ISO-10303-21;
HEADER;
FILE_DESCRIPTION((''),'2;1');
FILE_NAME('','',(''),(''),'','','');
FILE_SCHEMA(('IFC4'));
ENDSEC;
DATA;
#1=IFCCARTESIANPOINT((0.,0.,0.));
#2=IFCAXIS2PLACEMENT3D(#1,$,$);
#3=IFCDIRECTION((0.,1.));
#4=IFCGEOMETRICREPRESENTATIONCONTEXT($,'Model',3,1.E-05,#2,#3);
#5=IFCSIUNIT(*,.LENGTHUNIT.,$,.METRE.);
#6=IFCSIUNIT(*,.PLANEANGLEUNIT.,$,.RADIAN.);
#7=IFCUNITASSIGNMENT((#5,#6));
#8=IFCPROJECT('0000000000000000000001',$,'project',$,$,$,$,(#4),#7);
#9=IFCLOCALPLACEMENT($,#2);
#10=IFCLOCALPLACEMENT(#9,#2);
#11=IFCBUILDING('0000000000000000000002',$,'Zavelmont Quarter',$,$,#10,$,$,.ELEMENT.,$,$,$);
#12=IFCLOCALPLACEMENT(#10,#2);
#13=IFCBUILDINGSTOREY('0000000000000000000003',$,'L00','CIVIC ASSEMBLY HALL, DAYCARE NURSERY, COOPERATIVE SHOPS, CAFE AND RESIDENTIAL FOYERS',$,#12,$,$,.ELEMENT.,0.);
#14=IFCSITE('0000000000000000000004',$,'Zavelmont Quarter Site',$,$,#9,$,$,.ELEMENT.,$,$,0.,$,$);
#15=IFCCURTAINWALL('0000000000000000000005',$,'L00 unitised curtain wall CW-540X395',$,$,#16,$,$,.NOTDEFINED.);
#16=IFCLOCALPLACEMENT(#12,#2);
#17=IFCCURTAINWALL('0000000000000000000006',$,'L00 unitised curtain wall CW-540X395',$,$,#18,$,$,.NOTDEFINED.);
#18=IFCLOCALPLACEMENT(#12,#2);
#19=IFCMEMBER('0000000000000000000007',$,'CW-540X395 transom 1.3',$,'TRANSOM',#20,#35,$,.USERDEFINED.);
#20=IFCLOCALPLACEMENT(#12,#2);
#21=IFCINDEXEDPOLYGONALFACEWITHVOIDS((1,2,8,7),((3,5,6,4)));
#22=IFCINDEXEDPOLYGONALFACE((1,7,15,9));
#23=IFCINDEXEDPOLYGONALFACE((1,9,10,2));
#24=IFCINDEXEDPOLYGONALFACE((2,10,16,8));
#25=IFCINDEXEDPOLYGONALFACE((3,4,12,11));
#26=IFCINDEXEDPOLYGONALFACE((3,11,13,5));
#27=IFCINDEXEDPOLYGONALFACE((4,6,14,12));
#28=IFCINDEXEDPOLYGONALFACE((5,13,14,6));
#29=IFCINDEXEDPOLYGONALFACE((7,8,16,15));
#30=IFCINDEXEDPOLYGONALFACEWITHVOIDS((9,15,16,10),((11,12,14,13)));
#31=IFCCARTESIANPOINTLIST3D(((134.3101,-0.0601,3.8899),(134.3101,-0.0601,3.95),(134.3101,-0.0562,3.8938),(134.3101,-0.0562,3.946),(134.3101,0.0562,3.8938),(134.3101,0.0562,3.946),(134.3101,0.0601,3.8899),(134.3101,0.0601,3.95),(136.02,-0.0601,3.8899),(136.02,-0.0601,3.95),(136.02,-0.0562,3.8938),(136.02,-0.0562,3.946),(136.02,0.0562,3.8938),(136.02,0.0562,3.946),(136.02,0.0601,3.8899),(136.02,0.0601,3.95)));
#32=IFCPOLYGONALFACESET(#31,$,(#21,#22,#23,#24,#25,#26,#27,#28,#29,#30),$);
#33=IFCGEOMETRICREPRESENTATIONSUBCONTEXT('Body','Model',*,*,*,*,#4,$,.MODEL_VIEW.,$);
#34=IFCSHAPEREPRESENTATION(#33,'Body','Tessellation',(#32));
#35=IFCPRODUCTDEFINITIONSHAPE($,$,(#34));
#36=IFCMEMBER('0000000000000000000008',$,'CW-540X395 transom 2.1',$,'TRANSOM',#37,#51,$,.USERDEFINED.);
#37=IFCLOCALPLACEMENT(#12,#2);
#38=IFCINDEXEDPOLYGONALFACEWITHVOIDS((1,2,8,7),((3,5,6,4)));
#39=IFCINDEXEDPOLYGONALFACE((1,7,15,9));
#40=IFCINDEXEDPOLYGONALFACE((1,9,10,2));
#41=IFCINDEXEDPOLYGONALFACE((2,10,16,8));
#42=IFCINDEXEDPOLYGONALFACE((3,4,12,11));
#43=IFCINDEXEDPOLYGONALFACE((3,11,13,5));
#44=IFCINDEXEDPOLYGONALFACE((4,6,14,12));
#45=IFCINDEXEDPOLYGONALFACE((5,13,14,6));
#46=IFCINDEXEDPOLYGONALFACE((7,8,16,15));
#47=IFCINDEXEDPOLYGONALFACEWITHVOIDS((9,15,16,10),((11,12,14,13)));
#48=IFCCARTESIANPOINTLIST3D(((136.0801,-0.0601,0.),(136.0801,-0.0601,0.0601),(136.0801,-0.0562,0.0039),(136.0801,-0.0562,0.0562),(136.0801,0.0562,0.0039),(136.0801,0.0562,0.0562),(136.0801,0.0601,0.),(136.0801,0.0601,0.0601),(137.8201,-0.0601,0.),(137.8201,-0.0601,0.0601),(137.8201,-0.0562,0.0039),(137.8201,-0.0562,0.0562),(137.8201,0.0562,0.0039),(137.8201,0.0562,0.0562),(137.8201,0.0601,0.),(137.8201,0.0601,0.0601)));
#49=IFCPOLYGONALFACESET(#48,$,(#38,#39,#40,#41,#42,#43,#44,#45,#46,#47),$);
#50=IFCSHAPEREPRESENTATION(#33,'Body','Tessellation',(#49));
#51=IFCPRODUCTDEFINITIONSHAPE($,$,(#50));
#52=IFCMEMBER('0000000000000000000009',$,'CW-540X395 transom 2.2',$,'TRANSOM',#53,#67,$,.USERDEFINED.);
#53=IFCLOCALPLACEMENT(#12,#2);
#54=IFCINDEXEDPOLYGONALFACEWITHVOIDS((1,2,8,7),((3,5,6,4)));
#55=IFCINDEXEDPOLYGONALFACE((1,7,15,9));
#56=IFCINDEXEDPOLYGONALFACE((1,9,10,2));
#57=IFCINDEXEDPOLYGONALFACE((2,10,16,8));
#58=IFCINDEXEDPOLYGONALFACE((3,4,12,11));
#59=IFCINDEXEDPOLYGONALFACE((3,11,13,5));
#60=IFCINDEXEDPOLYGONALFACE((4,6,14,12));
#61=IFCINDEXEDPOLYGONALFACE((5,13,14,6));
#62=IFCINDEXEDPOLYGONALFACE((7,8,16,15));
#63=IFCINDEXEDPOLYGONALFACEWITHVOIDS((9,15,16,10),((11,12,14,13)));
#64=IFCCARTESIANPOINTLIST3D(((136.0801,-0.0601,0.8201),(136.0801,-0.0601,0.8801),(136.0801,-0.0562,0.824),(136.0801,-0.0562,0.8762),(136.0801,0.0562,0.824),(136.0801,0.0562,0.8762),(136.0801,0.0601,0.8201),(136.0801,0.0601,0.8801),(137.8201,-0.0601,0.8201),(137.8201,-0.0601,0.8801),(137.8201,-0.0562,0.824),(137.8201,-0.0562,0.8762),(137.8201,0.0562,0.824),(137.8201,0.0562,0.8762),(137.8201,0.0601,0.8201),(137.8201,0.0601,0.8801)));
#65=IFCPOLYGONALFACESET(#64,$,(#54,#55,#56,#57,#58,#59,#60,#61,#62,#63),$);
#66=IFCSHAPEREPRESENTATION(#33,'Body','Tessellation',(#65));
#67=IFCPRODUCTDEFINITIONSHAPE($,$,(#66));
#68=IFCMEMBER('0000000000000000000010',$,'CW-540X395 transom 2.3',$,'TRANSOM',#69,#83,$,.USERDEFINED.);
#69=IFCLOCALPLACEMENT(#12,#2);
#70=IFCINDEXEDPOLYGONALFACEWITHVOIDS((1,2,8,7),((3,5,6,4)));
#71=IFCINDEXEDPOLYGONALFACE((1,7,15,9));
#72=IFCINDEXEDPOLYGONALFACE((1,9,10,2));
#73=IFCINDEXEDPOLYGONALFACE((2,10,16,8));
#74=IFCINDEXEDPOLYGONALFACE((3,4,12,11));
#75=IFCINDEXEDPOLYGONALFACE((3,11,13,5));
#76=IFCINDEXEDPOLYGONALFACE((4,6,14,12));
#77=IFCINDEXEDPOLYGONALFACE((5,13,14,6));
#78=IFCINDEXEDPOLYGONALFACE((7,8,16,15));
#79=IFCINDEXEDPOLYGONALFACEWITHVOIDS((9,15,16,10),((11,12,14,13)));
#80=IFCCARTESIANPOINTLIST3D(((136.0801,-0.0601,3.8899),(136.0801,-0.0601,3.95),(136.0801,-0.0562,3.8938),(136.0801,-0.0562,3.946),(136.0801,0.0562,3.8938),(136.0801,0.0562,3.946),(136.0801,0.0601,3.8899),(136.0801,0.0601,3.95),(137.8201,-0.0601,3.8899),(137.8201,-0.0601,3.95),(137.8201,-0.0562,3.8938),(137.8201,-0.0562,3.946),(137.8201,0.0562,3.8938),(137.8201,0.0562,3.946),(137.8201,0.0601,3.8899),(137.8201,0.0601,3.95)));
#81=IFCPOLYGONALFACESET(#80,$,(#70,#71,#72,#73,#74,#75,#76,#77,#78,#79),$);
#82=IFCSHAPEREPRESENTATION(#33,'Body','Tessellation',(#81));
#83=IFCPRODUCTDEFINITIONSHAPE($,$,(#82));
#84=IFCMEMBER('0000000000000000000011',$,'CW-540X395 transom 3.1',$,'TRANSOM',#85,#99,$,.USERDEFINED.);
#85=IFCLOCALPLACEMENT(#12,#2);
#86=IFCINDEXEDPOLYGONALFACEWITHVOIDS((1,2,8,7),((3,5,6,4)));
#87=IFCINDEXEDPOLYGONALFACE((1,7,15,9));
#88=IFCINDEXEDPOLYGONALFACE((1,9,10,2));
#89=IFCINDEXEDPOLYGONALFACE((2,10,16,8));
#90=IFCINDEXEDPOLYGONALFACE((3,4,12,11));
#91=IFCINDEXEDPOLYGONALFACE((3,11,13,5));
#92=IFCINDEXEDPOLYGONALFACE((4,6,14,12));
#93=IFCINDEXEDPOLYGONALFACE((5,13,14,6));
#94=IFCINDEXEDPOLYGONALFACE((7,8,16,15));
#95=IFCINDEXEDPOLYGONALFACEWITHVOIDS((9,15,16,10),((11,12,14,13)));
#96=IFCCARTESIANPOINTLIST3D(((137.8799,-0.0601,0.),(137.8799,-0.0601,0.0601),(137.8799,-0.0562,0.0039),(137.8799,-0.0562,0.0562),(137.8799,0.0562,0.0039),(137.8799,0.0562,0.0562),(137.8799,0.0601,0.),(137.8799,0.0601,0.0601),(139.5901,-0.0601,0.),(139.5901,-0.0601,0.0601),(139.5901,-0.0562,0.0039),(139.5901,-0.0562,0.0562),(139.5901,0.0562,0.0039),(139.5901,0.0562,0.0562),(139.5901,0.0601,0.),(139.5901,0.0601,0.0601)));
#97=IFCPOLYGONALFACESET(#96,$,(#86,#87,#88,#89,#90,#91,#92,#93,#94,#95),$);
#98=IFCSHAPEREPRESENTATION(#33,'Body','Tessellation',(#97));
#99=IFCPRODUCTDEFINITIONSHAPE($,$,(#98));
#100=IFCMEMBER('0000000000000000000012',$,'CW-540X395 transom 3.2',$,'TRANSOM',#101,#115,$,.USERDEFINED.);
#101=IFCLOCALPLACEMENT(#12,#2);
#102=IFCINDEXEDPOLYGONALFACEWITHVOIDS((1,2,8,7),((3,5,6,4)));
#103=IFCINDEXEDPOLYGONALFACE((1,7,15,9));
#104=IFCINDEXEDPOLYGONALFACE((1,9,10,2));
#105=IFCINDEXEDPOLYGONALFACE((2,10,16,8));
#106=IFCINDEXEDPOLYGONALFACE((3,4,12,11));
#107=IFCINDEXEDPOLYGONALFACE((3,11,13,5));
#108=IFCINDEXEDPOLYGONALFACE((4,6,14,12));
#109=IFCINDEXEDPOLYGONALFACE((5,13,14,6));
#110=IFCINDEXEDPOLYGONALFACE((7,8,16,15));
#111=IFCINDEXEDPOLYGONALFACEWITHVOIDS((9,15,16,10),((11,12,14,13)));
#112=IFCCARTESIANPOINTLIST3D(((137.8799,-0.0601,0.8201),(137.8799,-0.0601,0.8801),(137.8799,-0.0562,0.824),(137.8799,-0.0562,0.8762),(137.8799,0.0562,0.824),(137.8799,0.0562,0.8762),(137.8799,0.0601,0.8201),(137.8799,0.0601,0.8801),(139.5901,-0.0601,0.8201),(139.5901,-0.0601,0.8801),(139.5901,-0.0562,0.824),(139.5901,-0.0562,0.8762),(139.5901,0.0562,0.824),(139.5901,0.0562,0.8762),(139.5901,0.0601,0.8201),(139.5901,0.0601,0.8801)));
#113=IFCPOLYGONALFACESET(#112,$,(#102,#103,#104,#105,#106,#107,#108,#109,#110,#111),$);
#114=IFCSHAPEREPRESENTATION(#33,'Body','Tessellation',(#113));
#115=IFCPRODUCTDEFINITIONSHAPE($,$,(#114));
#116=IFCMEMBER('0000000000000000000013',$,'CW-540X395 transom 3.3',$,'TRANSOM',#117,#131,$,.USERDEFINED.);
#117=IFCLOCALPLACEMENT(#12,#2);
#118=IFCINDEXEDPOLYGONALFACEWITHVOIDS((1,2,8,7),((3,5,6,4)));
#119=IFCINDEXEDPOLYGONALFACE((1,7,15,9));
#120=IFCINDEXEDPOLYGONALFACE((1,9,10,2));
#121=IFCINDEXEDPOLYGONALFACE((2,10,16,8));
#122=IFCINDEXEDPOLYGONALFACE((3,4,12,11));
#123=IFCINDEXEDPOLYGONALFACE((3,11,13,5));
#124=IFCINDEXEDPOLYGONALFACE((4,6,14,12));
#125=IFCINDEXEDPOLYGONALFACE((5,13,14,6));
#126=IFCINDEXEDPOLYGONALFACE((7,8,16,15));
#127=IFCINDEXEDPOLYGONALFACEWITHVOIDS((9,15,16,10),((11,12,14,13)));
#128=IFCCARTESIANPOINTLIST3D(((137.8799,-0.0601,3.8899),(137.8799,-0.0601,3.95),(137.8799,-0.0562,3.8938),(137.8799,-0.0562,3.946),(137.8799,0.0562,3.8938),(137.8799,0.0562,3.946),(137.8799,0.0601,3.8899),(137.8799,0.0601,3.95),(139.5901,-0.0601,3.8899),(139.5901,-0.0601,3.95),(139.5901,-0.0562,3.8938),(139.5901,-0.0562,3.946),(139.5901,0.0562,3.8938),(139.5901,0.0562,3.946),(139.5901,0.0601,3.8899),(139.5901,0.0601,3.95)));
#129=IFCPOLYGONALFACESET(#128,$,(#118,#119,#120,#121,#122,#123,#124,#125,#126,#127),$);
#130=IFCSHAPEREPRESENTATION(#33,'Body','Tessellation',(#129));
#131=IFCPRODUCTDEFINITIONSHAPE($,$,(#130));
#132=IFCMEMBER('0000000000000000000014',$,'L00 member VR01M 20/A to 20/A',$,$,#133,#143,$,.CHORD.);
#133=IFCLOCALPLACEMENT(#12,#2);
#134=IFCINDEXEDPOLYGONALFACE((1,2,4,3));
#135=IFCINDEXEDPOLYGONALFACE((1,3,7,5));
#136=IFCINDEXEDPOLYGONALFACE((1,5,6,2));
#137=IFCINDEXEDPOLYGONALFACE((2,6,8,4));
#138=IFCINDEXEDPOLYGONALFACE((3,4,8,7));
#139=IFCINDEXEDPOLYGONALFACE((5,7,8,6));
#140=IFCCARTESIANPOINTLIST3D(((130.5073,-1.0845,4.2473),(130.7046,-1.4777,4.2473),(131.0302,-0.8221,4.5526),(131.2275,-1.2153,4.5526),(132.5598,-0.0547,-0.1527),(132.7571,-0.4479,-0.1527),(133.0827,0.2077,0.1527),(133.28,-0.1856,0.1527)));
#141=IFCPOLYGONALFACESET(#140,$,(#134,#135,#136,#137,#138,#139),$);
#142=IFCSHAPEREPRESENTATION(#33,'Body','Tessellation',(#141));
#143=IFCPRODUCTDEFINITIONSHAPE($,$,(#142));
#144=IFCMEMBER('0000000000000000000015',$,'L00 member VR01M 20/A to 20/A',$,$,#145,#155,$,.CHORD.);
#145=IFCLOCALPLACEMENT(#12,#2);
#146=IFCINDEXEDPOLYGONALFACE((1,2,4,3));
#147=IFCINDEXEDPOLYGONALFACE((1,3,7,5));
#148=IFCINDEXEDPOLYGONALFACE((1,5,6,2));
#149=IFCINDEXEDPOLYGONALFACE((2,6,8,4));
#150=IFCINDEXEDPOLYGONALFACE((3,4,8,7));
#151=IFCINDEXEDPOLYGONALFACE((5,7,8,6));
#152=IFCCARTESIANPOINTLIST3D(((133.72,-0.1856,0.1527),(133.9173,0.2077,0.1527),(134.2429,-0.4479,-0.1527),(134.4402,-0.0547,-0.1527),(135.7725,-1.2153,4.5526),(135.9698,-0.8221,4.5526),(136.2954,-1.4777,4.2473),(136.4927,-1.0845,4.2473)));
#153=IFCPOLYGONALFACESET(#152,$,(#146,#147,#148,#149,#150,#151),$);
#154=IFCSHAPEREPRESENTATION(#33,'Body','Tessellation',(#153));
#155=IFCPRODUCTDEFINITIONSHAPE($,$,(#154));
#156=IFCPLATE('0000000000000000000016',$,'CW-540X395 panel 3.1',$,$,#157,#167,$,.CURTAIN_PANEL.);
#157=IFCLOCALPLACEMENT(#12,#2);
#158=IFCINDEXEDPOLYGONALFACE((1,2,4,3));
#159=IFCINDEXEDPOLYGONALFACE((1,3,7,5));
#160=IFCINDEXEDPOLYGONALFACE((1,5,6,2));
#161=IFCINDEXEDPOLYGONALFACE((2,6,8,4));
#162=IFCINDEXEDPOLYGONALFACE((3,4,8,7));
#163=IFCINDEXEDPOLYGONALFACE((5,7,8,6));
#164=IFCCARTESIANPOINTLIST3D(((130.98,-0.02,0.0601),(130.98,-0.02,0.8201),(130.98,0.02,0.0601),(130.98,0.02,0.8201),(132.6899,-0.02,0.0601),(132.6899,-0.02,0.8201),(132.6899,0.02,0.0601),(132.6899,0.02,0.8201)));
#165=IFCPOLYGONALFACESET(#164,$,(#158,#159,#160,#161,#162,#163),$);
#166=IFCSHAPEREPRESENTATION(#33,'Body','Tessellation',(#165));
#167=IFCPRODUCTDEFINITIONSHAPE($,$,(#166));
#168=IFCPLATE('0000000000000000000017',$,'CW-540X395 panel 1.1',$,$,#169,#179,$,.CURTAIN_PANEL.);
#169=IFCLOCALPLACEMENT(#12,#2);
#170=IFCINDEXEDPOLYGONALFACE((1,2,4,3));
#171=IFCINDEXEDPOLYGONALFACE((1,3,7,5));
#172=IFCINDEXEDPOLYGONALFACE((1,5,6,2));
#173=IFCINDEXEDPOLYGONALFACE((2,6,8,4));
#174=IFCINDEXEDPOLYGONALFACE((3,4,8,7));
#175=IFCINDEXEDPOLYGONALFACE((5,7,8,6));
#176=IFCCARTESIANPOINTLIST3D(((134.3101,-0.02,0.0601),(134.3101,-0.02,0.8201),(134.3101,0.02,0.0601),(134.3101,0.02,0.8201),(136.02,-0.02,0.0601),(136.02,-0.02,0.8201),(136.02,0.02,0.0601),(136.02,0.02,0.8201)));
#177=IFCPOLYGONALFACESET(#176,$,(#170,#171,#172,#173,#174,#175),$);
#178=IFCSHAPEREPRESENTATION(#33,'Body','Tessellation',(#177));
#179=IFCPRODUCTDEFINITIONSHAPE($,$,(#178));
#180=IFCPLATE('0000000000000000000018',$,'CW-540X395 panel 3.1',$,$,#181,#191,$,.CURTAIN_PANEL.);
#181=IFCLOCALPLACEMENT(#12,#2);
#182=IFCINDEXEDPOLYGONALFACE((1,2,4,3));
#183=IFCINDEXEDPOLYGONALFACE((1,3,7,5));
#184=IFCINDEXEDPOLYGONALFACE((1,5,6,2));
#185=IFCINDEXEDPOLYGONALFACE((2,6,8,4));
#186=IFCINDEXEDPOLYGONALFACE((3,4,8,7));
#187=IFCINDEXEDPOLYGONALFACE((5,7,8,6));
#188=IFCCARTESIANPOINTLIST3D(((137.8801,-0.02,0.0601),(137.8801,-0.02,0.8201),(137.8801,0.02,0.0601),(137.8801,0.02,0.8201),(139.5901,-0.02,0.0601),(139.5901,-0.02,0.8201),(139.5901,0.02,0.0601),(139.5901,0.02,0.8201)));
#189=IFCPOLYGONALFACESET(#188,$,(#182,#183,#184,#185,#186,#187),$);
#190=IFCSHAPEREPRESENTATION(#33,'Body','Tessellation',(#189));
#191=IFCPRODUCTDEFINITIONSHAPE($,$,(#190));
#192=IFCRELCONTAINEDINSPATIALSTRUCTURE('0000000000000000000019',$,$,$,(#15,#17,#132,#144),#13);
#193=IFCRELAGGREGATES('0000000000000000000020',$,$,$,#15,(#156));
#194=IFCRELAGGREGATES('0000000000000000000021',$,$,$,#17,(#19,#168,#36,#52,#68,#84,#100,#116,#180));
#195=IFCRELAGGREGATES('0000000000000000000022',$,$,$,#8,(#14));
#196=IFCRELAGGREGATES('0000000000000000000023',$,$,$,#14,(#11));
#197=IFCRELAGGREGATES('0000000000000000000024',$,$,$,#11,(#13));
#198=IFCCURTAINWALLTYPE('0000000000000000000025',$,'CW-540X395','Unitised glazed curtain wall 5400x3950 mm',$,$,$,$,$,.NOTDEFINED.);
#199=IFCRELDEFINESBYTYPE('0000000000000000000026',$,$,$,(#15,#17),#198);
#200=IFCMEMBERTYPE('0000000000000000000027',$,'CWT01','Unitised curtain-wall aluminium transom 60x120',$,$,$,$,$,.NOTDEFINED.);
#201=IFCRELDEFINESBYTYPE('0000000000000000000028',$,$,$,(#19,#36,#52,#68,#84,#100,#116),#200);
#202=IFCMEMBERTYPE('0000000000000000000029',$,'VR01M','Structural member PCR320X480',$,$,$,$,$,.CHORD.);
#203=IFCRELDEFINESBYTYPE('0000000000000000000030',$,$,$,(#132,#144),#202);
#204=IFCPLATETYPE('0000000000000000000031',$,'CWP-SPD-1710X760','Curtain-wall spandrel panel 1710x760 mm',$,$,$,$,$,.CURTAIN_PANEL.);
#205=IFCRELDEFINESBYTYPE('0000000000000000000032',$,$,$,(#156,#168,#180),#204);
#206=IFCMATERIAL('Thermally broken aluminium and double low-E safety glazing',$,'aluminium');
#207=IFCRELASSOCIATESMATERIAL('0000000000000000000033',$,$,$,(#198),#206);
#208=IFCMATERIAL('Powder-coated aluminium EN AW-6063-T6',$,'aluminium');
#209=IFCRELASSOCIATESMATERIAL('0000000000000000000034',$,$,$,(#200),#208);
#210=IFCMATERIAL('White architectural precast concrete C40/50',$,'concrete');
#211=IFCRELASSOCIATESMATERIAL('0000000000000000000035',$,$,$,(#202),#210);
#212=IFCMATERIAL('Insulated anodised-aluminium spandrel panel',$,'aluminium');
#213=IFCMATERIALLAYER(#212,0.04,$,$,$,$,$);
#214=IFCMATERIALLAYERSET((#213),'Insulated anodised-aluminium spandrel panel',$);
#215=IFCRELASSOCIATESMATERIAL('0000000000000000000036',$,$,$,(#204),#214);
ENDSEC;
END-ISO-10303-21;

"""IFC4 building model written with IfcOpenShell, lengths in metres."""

from ifc_helpers import new_model, si_unit, direction, frame, origin, origin_2d, place, context, subcontext, project, spatial, rectangle, hollow_rectangle, extrude, material, layer, layer_set, material_profile, profile_set, type_object, element, aggregate, save


model = new_model("IFC4")

# Units and contexts
model_context = context("Model", 3, precision=1e-05, world=origin(), true_north=direction((0.0, 1.0)))
body_context = subcontext(model_context, "Body", "Model", "MODEL_VIEW")
ifc_project = project(units=[si_unit("LENGTHUNIT", "METRE"), si_unit("PLANEANGLEUNIT", "RADIAN")], contexts=[model_context])

# Site, building, storey
site_placement = place(None, origin())
site = spatial("IfcSite", under=ifc_project, at=site_placement, Name="Zavelmont Quarter Site", CompositionType="ELEMENT", RefElevation=0.0)
building_placement = place(site_placement, origin())
building = spatial("IfcBuilding", under=site, at=building_placement, Name="Zavelmont Quarter", CompositionType="ELEMENT")
storey_placement = place(building_placement, origin())
storey = spatial("IfcBuildingStorey", under=building, at=storey_placement, Name="L00", Description="CIVIC ASSEMBLY HALL, DAYCARE NURSERY, COOPERATIVE SHOPS, CAFE AND RESIDENTIAL FOYERS", CompositionType="ELEMENT", Elevation=0.0)

# Curtain walls
ifc_material_1 = material(Name="Thermally broken aluminium and double low-E safety glazing", Category="aluminium")
curtain_wall_type = type_object("IfcCurtainWallType", Name="CW-540X395", Description="Unitised glazed curtain wall 5400x3950 mm", PredefinedType="NOTDEFINED", material=ifc_material_1)
curtain_wall_1_placement = place(storey_placement, origin())
curtain_wall_1 = element("IfcCurtainWall", 1, at=curtain_wall_1_placement, inside=storey, type_object=curtain_wall_type, Name="L00 unitised curtain wall CW-540X395", PredefinedType="NOTDEFINED")
ifc_material_2 = material(Name="Powder-coated aluminium EN AW-6063-T6", Category="aluminium")
curtain_wall_2_placement = place(storey_placement, origin())
curtain_wall_2 = element("IfcCurtainWall", 2, at=curtain_wall_2_placement, inside=storey, type_object=curtain_wall_type, Name="L00 unitised curtain wall CW-540X395", PredefinedType="NOTDEFINED")

# Members
ifc_material_profile_1 = material_profile(ifc_material_2, hollow_rectangle(XDim=0.1201, YDim=0.0601, WallThickness=0.0039, at=origin_2d()), Name="CWT60X120")
ifc_profile_set_1 = profile_set([ifc_material_profile_1], Name="Powder-coated aluminium EN AW-6063-T6")
member_type_1 = type_object("IfcMemberType", Name="CWT01", Description="Unitised curtain-wall aluminium transom 60x120", PredefinedType="NOTDEFINED", material=ifc_profile_set_1)
member_1_placement = place(storey_placement, frame((134.3101, 0.0, 3.9199), z_axis=(1.0, 0.0, 0.0), x_axis=(0.0, 1.0, 0.0)))
member_1 = element("IfcMember", 3, at=member_1_placement, type_object=member_type_1, Name="CW-540X395 transom 1.3", ObjectType="TRANSOM", PredefinedType="USERDEFINED", context=body_context, shape_type="SweptSolid", body=[
    extrude(hollow_rectangle(XDim=0.1201, YDim=0.0601, WallThickness=0.0039, at=origin_2d()), origin(), (0.0, 0.0, 1.0), 1.71),
])
member_2_placement = place(storey_placement, frame((136.0801, 0.0, 0.03), z_axis=(1.0, 0.0, 0.0), x_axis=(0.0, 1.0, 0.0)))
member_2 = element("IfcMember", 4, at=member_2_placement, type_object=member_type_1, Name="CW-540X395 transom 2.1", ObjectType="TRANSOM", PredefinedType="USERDEFINED", context=body_context, shape_type="SweptSolid", body=[
    extrude(hollow_rectangle(XDim=0.1201, YDim=0.0601, WallThickness=0.0039, at=origin_2d()), origin(), (0.0, 0.0, 1.0), 1.74),
])
member_3_placement = place(storey_placement, frame((136.0801, 0.0, 0.8501), z_axis=(1.0, 0.0, 0.0), x_axis=(0.0, 1.0, 0.0)))
member_3 = element("IfcMember", 5, at=member_3_placement, type_object=member_type_1, Name="CW-540X395 transom 2.2", ObjectType="TRANSOM", PredefinedType="USERDEFINED", context=body_context, shape_type="SweptSolid", body=[
    extrude(hollow_rectangle(XDim=0.1201, YDim=0.0601, WallThickness=0.0039, at=origin_2d()), origin(), (0.0, 0.0, 1.0), 1.74),
])
member_4_placement = place(storey_placement, frame((136.0801, 0.0, 3.9199), z_axis=(1.0, 0.0, 0.0), x_axis=(0.0, 1.0, 0.0)))
member_4 = element("IfcMember", 6, at=member_4_placement, type_object=member_type_1, Name="CW-540X395 transom 2.3", ObjectType="TRANSOM", PredefinedType="USERDEFINED", context=body_context, shape_type="SweptSolid", body=[
    extrude(hollow_rectangle(XDim=0.1201, YDim=0.0601, WallThickness=0.0039, at=origin_2d()), origin(), (0.0, 0.0, 1.0), 1.74),
])
member_5_placement = place(storey_placement, frame((137.8799, 0.0, 0.03), z_axis=(1.0, 0.0, 0.0), x_axis=(0.0, 1.0, 0.0)))
member_5 = element("IfcMember", 7, at=member_5_placement, type_object=member_type_1, Name="CW-540X395 transom 3.1", ObjectType="TRANSOM", PredefinedType="USERDEFINED", context=body_context, shape_type="SweptSolid", body=[
    extrude(hollow_rectangle(XDim=0.1201, YDim=0.0601, WallThickness=0.0039, at=origin_2d()), origin(), (0.0, 0.0, 1.0), 1.7102),
])
member_6_placement = place(storey_placement, frame((137.8799, 0.0, 0.8501), z_axis=(1.0, 0.0, 0.0), x_axis=(0.0, 1.0, 0.0)))
member_6 = element("IfcMember", 8, at=member_6_placement, type_object=member_type_1, Name="CW-540X395 transom 3.2", ObjectType="TRANSOM", PredefinedType="USERDEFINED", context=body_context, shape_type="SweptSolid", body=[
    extrude(hollow_rectangle(XDim=0.1201, YDim=0.0601, WallThickness=0.0039, at=origin_2d()), origin(), (0.0, 0.0, 1.0), 1.7102),
])
member_7_placement = place(storey_placement, frame((137.8799, 0.0, 3.9199), z_axis=(1.0, 0.0, 0.0), x_axis=(0.0, 1.0, 0.0)))
member_7 = element("IfcMember", 9, at=member_7_placement, type_object=member_type_1, Name="CW-540X395 transom 3.3", ObjectType="TRANSOM", PredefinedType="USERDEFINED", context=body_context, shape_type="SweptSolid", body=[
    extrude(hollow_rectangle(XDim=0.1201, YDim=0.0601, WallThickness=0.0039, at=origin_2d()), origin(), (0.0, 0.0, 1.0), 1.7102),
])

# Members
ifc_material_3 = material(Name="White architectural precast concrete C40/50", Category="concrete")
ifc_material_profile_2 = material_profile(ifc_material_3, rectangle(XDim=0.4399, YDim=0.6599, at=origin_2d()), Name="PCR320X480")
ifc_profile_set_2 = profile_set([ifc_material_profile_2], Name="White architectural precast concrete C40/50")
member_type_2 = type_object("IfcMemberType", Name="VR01M", Description="Structural member PCR320X480", PredefinedType="CHORD", material=ifc_profile_set_2)
for number, where, z_axis, x_axis, name in (
    (10, (132.9199, -0.1201, 0.0), (-0.41355, -0.207488, 0.886524), (0.448446, -0.89381, 0.0), "L00 member VR01M 20/A to 20/A"),
    (11, (134.0801, -0.1201, 0.0), (0.41355, -0.207488, 0.886524), (0.448446, 0.89381, 0.0), "L00 member VR01M 20/A to 20/A"),
):
    element("IfcMember", number, at=place(storey_placement, frame(where, z_axis=z_axis, x_axis=x_axis)), inside=storey, type_object=member_type_2, Name=name, PredefinedType="CHORD", context=body_context, shape_type="SweptSolid", body=[
        extrude(rectangle(XDim=0.4399, YDim=0.6599, at=origin_2d()), origin(), (0.0, 0.0, 1.0), 4.9631),
    ])

# Plates
ifc_material_4 = material(Name="Insulated anodised-aluminium spandrel panel", Category="aluminium")
ifc_layer_1 = layer(ifc_material_4, 0.04)
ifc_layer_set_1 = layer_set([ifc_layer_1], Name="Insulated anodised-aluminium spandrel panel")
plate_type_1 = type_object("IfcPlateType", Name="CWP-SPD-1710X760", Description="Curtain-wall spandrel panel 1710x760 mm", PredefinedType="CURTAIN_PANEL", material=ifc_layer_set_1)
plate_1_placement = place(storey_placement, frame((131.835, 0.0, 0.0601), z_axis=(0.0, 0.0, 1.0), x_axis=(1.0, 0.0, 0.0)))
plate_1 = element("IfcPlate", 12, at=plate_1_placement, type_object=plate_type_1, Name="CW-540X395 panel 3.1", PredefinedType="CURTAIN_PANEL", context=body_context, shape_type="SweptSolid", body=[
    extrude(rectangle(XDim=1.71, YDim=0.04, at=origin_2d()), origin(), (0.0, 0.0, 1.0), 0.76),
])
plate_2_placement = place(storey_placement, frame((135.165, 0.0, 0.0601), z_axis=(0.0, 0.0, 1.0), x_axis=(1.0, 0.0, 0.0)))
plate_2 = element("IfcPlate", 13, at=plate_2_placement, type_object=plate_type_1, Name="CW-540X395 panel 1.1", PredefinedType="CURTAIN_PANEL", context=body_context, shape_type="SweptSolid", body=[
    extrude(rectangle(XDim=1.71, YDim=0.04, at=origin_2d()), origin(), (0.0, 0.0, 1.0), 0.76),
])
plate_3_placement = place(storey_placement, frame((138.7351, 0.0, 0.0601), z_axis=(0.0, 0.0, 1.0), x_axis=(1.0, 0.0, 0.0)))
plate_3 = element("IfcPlate", 14, at=plate_3_placement, type_object=plate_type_1, Name="CW-540X395 panel 3.1", PredefinedType="CURTAIN_PANEL", context=body_context, shape_type="SweptSolid", body=[
    extrude(rectangle(XDim=1.71, YDim=0.04, at=origin_2d()), origin(), (0.0, 0.0, 1.0), 0.76),
])
aggregate(curtain_wall_1, [plate_1])
aggregate(curtain_wall_2, [member_1, plate_2, member_2, member_3, member_4, member_5, member_6, member_7, plate_3])

save(model, "model.ifc")
